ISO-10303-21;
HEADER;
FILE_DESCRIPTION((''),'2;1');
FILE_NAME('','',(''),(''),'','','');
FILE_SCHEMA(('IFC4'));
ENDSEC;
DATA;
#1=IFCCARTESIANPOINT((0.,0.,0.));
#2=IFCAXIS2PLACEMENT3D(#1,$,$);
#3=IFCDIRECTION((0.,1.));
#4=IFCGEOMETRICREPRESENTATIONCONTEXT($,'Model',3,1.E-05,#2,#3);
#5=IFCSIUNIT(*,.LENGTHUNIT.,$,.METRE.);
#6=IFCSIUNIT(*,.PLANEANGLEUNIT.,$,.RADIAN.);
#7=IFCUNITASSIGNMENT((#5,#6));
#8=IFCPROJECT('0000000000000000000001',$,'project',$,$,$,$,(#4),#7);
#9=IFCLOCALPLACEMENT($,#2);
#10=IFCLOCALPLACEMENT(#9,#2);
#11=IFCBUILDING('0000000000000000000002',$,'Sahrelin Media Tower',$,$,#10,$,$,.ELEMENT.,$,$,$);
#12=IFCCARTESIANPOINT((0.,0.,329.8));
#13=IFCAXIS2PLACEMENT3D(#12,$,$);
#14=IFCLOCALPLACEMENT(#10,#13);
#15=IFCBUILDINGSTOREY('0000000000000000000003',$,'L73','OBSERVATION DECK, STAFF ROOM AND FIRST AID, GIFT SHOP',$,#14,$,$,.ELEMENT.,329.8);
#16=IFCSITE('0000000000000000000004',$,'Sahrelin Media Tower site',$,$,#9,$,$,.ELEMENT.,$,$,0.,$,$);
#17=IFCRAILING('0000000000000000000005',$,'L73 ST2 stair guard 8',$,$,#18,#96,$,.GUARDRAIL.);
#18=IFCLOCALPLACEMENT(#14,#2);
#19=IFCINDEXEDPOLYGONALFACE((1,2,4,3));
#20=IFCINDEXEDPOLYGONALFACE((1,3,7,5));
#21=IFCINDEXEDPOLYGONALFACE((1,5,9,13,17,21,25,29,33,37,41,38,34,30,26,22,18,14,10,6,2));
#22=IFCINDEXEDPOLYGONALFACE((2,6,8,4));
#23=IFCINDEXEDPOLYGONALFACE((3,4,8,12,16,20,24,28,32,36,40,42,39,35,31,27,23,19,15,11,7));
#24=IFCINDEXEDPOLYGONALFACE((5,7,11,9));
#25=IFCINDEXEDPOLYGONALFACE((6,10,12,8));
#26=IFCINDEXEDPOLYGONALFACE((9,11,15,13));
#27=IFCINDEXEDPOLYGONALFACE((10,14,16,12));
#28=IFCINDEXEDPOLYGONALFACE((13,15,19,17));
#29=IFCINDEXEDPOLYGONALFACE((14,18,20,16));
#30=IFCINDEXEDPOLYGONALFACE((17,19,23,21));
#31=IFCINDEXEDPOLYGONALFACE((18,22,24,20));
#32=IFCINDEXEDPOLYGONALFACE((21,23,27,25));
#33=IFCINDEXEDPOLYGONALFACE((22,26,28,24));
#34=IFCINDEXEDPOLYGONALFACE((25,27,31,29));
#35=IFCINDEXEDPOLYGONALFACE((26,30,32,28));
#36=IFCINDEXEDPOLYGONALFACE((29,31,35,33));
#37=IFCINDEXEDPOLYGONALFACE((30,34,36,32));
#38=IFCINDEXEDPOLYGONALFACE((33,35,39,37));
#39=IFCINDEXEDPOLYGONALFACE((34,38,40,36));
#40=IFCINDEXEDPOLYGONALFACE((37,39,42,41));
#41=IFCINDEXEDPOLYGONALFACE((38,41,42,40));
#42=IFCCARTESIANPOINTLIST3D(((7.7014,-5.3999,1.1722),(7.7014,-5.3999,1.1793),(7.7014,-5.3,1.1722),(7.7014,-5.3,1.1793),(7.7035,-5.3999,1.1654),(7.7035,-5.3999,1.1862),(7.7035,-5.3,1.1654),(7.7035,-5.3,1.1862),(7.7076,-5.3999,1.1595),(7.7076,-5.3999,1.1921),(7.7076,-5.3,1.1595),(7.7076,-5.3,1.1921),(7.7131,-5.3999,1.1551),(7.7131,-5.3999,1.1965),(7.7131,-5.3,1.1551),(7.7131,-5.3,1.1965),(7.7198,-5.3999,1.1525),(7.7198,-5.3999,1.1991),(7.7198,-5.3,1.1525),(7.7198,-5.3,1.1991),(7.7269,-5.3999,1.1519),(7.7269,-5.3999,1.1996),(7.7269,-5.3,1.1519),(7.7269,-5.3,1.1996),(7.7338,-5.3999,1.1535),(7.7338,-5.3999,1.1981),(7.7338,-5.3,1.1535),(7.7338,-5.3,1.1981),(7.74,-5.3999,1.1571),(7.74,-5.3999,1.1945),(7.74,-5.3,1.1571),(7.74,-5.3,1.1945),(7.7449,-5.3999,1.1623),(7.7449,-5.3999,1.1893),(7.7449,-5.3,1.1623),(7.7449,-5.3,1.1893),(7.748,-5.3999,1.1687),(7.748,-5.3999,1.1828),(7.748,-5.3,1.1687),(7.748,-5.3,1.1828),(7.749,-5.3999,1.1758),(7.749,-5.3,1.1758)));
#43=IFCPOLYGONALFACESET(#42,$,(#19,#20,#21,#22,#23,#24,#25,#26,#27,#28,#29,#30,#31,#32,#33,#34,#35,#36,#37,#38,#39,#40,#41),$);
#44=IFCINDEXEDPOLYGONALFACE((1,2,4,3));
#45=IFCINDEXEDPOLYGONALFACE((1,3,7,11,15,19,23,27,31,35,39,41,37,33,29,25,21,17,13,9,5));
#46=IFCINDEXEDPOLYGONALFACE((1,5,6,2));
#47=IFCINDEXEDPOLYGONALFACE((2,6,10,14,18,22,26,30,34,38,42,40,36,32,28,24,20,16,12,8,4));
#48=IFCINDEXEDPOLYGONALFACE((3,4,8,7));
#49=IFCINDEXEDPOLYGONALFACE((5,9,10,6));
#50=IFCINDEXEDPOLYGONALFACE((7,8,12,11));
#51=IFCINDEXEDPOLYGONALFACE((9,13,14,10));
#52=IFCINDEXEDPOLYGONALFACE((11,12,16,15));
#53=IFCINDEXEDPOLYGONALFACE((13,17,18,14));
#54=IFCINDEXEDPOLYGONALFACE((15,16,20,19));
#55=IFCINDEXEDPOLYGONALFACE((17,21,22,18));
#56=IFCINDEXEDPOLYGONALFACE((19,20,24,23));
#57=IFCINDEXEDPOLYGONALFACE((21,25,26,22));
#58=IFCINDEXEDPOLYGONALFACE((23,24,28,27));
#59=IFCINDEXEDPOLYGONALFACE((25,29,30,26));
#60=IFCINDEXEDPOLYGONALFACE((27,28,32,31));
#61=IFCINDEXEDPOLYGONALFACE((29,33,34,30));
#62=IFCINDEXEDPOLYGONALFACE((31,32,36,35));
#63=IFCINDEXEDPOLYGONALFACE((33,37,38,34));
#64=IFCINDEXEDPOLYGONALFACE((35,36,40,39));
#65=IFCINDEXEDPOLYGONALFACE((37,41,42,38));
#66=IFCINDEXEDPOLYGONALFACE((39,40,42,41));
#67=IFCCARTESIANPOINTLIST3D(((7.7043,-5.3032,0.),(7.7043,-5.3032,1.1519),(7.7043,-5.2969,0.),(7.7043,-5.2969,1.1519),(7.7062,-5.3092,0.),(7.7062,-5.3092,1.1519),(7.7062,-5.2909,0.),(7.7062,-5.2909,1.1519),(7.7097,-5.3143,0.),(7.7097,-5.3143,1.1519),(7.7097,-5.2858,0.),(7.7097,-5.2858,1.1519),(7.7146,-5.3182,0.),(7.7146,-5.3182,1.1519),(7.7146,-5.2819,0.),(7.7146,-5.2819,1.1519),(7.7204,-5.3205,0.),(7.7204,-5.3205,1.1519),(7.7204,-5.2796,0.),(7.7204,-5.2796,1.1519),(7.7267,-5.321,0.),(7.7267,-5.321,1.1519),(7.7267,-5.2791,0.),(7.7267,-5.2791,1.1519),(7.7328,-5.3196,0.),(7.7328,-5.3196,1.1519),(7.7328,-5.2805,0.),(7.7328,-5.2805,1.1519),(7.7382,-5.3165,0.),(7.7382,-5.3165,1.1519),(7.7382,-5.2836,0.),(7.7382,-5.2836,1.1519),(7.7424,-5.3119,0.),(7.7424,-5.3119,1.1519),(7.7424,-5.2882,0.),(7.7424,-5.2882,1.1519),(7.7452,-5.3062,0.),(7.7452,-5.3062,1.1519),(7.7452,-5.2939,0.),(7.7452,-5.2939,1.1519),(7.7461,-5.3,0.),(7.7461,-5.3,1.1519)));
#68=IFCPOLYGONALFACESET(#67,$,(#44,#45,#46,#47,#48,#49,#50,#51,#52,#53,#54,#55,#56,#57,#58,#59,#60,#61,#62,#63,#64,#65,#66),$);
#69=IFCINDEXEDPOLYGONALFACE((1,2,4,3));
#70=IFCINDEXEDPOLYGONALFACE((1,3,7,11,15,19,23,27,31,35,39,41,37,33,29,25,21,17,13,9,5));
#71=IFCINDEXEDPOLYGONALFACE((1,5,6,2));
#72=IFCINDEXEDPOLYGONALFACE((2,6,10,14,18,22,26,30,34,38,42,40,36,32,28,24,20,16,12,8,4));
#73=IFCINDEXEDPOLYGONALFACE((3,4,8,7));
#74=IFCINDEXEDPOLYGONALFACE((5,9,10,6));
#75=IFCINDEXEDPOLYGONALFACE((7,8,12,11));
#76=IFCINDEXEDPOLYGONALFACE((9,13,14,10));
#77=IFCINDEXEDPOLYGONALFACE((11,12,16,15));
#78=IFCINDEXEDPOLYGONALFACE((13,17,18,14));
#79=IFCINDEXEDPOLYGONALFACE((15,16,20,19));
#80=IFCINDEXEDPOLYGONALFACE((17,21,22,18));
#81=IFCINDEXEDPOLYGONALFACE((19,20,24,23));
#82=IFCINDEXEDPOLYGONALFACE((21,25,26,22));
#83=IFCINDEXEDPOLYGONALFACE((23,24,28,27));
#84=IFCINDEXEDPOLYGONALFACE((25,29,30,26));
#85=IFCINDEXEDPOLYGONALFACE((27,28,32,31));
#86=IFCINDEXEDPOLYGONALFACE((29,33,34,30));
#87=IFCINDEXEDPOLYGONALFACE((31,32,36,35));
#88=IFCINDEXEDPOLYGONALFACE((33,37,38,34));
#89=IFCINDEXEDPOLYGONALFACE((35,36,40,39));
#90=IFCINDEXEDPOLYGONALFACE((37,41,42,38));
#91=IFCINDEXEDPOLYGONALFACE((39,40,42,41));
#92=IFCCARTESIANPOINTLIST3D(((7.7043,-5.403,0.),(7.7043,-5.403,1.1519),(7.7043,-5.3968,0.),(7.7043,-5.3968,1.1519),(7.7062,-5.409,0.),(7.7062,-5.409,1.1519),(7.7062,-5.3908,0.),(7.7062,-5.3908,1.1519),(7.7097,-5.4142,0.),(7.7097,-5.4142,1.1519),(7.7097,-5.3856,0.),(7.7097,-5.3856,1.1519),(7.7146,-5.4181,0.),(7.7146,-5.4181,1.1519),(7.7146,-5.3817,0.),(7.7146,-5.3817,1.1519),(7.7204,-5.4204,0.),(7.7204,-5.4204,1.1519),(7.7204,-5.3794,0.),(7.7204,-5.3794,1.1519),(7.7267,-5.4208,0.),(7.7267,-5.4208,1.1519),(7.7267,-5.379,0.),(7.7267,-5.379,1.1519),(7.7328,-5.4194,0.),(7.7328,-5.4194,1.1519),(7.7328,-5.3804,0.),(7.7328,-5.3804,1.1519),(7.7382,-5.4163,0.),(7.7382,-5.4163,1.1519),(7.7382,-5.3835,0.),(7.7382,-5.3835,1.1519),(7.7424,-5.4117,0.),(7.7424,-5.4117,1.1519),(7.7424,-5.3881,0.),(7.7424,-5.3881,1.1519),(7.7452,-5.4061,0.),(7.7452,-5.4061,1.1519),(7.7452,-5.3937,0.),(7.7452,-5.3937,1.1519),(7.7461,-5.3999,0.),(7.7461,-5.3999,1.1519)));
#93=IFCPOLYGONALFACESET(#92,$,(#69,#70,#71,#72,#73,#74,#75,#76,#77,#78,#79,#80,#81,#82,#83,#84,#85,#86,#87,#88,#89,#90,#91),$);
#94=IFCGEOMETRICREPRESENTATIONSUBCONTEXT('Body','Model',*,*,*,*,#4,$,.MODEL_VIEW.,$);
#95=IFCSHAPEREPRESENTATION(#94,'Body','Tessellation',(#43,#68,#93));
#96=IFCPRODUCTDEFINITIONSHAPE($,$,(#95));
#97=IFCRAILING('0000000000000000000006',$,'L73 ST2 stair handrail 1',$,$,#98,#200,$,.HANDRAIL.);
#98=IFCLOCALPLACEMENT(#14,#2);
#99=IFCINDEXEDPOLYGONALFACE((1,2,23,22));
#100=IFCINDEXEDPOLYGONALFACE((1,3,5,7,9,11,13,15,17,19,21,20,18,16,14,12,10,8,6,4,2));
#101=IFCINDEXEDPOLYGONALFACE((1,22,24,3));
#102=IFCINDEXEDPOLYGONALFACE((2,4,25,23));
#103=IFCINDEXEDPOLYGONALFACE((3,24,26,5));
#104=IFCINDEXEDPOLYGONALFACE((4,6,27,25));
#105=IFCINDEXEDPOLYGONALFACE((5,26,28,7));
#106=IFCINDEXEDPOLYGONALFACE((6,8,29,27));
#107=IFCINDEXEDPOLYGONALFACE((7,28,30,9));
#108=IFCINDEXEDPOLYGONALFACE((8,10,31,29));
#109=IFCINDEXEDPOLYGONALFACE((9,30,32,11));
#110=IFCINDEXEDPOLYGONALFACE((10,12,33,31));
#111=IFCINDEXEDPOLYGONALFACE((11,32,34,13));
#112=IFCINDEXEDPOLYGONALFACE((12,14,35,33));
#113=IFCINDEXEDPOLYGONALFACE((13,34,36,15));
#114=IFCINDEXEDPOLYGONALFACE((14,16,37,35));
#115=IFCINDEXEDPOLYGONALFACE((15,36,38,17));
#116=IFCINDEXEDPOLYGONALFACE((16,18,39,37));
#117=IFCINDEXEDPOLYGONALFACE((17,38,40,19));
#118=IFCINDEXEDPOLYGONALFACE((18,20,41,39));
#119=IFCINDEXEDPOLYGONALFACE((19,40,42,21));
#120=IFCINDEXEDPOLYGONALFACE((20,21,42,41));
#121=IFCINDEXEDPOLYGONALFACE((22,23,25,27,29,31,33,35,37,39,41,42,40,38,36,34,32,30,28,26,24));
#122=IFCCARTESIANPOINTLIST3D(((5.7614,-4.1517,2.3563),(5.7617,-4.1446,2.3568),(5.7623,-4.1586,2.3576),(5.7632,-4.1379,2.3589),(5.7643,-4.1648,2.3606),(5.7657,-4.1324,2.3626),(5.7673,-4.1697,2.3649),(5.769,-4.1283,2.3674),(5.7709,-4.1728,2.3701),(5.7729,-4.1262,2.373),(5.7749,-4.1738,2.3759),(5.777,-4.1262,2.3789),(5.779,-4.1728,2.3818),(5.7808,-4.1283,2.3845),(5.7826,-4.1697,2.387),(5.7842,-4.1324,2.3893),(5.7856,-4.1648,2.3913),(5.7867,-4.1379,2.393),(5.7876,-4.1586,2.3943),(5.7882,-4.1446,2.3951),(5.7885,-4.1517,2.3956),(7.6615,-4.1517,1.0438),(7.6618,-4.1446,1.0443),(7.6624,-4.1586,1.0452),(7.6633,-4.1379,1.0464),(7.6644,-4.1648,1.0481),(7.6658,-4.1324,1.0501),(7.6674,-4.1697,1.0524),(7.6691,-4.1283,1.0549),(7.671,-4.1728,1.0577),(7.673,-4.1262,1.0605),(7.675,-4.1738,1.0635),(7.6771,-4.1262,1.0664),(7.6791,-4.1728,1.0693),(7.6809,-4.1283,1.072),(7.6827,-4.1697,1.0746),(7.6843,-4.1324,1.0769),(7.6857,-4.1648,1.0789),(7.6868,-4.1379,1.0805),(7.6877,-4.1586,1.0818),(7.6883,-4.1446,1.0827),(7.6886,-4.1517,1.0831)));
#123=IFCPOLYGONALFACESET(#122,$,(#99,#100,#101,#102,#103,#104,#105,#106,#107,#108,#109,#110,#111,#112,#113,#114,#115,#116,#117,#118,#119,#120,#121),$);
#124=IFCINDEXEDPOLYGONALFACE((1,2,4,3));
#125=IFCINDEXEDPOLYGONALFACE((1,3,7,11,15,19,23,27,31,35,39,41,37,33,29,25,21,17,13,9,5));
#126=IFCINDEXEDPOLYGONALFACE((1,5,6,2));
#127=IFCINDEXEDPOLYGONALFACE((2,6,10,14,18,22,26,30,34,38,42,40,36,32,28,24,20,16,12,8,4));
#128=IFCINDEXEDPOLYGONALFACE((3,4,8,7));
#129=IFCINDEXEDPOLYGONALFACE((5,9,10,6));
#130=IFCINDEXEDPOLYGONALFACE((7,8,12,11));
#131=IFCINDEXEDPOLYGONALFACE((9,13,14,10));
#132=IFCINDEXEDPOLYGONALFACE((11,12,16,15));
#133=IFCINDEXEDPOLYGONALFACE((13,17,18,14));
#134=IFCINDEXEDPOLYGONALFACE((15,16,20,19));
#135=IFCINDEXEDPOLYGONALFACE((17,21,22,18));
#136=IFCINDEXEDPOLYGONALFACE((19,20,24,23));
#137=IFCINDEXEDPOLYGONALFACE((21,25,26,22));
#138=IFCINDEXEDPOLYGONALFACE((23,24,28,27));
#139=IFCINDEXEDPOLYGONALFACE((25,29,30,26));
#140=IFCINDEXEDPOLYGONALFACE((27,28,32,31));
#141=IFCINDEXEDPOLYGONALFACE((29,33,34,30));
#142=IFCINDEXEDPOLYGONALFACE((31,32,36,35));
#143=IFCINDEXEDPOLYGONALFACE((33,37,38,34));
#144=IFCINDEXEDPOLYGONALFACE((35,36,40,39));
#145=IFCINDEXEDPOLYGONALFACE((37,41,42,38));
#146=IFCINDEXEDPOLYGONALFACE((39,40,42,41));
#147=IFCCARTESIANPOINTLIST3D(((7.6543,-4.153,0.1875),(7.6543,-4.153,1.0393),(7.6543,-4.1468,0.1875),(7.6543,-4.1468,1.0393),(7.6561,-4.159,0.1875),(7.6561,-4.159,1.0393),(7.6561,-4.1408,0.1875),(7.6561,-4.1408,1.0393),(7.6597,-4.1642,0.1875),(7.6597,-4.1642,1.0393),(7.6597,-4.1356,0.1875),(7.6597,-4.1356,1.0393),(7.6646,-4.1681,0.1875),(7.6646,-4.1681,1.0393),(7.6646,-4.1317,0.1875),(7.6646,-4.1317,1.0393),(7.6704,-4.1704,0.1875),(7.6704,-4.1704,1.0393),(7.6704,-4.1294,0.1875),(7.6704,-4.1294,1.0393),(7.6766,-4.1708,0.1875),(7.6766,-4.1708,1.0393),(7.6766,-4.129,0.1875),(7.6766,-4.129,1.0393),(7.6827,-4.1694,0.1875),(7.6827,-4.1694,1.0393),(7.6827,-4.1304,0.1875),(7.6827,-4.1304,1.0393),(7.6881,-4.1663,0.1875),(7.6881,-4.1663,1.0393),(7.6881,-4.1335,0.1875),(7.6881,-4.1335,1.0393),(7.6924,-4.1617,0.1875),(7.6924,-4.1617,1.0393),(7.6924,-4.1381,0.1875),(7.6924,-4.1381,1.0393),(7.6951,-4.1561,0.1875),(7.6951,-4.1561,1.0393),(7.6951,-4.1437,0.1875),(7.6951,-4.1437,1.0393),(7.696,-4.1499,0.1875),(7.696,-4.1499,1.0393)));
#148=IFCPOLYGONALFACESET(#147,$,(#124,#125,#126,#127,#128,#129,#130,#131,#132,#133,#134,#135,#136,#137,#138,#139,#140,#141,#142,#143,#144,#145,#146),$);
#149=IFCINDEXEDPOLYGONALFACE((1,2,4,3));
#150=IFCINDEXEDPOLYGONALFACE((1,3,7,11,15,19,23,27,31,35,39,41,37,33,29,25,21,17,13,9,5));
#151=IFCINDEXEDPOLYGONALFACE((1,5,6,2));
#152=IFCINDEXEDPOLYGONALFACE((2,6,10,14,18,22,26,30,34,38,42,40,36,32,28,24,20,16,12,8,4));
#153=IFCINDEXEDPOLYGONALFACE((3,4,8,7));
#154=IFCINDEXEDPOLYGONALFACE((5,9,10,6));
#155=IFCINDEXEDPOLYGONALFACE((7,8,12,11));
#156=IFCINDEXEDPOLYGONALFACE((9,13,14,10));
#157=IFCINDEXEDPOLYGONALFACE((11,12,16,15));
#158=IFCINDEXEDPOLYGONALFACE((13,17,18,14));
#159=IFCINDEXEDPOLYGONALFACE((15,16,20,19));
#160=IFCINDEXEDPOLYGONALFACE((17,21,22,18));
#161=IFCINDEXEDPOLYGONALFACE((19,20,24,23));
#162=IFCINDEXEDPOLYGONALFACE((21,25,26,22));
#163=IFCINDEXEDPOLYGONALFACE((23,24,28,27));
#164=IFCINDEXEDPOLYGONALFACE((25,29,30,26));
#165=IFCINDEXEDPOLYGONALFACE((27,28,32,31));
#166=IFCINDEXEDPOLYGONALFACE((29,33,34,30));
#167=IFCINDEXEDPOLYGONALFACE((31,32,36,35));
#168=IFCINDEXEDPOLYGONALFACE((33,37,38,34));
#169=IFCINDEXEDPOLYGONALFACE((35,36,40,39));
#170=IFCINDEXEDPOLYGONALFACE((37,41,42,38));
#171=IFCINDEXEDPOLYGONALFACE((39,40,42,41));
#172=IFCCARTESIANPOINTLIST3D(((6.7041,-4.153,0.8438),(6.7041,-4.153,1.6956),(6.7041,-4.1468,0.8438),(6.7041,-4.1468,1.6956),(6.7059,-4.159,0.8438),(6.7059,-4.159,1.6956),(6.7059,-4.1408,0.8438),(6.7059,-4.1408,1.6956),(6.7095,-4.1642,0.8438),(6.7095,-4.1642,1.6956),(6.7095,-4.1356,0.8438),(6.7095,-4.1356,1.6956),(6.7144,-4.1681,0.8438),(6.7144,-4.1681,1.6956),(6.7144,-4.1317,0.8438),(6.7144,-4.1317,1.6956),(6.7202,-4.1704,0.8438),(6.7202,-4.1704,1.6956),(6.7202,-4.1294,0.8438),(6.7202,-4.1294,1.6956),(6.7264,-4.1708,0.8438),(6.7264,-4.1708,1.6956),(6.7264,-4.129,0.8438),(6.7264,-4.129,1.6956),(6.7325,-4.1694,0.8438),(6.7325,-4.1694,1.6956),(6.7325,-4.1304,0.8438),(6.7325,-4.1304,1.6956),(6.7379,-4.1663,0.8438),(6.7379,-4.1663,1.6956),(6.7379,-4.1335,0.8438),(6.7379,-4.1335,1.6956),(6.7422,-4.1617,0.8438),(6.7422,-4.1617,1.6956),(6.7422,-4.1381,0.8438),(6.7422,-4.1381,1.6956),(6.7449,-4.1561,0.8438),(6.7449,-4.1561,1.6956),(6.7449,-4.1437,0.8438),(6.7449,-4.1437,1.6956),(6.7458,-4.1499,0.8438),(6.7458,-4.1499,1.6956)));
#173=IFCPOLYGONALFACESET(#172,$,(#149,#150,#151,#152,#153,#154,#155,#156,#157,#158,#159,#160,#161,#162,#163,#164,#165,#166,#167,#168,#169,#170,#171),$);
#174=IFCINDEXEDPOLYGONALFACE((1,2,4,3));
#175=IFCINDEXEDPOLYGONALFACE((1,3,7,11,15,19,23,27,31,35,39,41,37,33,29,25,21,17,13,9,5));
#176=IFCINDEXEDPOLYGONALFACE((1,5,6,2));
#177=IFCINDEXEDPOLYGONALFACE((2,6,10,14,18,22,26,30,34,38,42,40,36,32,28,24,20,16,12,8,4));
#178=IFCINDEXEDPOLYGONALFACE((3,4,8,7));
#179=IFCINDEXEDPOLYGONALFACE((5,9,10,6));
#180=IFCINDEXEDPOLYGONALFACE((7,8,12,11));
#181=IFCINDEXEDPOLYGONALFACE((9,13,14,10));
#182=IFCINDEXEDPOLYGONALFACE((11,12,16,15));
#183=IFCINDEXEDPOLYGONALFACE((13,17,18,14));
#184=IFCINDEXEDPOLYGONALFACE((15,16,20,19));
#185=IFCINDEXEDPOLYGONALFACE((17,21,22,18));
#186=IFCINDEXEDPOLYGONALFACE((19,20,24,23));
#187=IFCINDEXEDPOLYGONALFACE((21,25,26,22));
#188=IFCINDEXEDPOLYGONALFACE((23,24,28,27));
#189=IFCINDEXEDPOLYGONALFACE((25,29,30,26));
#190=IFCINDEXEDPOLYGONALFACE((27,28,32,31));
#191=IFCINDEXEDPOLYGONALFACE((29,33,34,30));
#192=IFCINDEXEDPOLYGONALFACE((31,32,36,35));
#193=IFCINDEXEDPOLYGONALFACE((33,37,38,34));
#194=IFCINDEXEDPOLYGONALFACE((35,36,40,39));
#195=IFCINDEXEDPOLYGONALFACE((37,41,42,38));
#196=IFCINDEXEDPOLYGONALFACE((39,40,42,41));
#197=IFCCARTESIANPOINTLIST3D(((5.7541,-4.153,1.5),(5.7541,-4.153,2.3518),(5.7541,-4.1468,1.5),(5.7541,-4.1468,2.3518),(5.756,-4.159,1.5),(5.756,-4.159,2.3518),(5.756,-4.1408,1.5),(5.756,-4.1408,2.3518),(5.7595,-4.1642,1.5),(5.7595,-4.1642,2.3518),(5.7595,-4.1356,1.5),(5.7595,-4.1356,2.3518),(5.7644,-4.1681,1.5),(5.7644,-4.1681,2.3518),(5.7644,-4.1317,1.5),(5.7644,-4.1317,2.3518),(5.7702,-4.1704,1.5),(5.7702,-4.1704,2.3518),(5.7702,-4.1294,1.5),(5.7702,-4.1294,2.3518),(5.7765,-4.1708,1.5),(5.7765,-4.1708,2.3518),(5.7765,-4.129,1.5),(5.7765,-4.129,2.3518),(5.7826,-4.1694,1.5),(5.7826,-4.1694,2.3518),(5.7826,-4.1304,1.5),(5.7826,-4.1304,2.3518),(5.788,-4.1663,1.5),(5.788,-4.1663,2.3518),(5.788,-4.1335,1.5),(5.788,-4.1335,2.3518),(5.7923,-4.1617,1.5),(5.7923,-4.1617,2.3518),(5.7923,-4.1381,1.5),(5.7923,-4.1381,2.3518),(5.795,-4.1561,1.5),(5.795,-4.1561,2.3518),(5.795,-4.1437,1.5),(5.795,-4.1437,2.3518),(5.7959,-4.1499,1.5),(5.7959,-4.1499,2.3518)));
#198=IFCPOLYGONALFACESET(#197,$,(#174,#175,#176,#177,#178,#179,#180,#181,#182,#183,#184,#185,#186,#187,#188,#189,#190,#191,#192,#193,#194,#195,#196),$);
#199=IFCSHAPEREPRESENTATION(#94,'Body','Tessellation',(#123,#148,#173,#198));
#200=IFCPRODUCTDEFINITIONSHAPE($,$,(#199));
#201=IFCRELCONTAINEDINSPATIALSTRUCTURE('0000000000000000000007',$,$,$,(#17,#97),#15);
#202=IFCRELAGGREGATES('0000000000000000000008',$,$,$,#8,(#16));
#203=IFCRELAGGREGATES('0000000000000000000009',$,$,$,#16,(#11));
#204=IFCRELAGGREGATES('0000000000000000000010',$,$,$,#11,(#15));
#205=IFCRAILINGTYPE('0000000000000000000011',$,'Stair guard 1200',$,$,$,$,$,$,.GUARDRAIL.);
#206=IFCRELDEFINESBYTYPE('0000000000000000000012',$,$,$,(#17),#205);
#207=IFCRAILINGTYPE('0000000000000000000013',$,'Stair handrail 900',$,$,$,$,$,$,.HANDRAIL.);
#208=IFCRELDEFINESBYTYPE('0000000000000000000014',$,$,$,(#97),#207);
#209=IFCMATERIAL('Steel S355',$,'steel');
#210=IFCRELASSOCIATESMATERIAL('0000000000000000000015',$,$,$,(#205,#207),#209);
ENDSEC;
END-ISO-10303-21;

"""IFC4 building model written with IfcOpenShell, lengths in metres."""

from ifc_helpers import new_model, si_unit, direction, frame, origin, origin_2d, place, context, subcontext, project, spatial, circle, extrude, material, type_object, element, save


model = new_model("IFC4")

# Units and contexts
model_context = context("Model", 3, precision=1e-05, world=origin(), true_north=direction((0.0, 1.0)))
body_context = subcontext(model_context, "Body", "Model", "MODEL_VIEW")
ifc_project = project(units=[si_unit("LENGTHUNIT", "METRE"), si_unit("PLANEANGLEUNIT", "RADIAN")], contexts=[model_context])

# Site, building, storey
site_placement = place(None, origin())
site = spatial("IfcSite", under=ifc_project, at=site_placement, Name="Sahrelin Media Tower site", CompositionType="ELEMENT", RefElevation=0.0)
building_placement = place(site_placement, origin())
building = spatial("IfcBuilding", under=site, at=building_placement, Name="Sahrelin Media Tower", CompositionType="ELEMENT")
storey_placement = place(building_placement, frame((0.0, 0.0, 329.8)))
storey = spatial("IfcBuildingStorey", under=building, at=storey_placement, Name="L73", Description="OBSERVATION DECK, STAFF ROOM AND FIRST AID, GIFT SHOP", CompositionType="ELEMENT", Elevation=329.8)

# Shared definitions
ifc_material_1 = material(Name="Steel S355", Category="steel")

# Railings
railing_type_1 = type_object("IfcRailingType", Name="Stair guard 1200", PredefinedType="GUARDRAIL", material=ifc_material_1)
railing_1_placement = place(storey_placement, frame((7.7251, -5.3, 0.0)))
element("IfcRailing", 1, at=railing_1_placement, inside=storey, type_object=railing_type_1, Name="L73 ST2 stair guard 8", PredefinedType="GUARDRAIL", context=body_context, shape_type="SweptSolid", body=[
    extrude(circle(Radius=0.0239, at=origin_2d()), frame((0.0, 0.0, 1.1758), z_axis=(0.0, -1.0, 0.0), x_axis=(1.0, 0.0, 0.0)), (0.0, 0.0, 1.0), 0.0999),
    extrude(circle(Radius=0.021, at=origin_2d()), origin(), (0.0, 0.0, 1.0), 1.1519),
    extrude(circle(Radius=0.021, at=origin_2d()), frame((0.0, -0.0999, 0.0)), (0.0, 0.0, 1.0), 1.1519),
])
railing_type_2 = type_object("IfcRailingType", Name="Stair handrail 900", PredefinedType="HANDRAIL", material=ifc_material_1)
railing_2_placement = place(storey_placement, frame((7.675, -4.1499, 0.1875)))
element("IfcRailing", 2, at=railing_2_placement, inside=storey, type_object=railing_type_2, Name="L73 ST2 stair handrail 1", PredefinedType="HANDRAIL", context=body_context, shape_type="SweptSolid", body=[
    extrude(circle(Radius=0.0239, at=origin_2d()), frame((0.0, 0.0, 0.876), z_axis=(-0.822797, 0.0, 0.568336), x_axis=(0.0, -1.0, 0.0)), (0.0, 0.0, 1.0), 2.3093),
    extrude(circle(Radius=0.021, at=origin_2d()), origin(), (0.0, 0.0, 1.0), 0.8518),
    extrude(circle(Radius=0.021, at=origin_2d()), frame((-0.9502, 0.0, 0.6562)), (0.0, 0.0, 1.0), 0.8518),
    extrude(circle(Radius=0.021, at=origin_2d()), frame((-1.9001, 0.0, 1.3125)), (0.0, 0.0, 1.0), 0.8518),
])

save(model, "model.ifc")
